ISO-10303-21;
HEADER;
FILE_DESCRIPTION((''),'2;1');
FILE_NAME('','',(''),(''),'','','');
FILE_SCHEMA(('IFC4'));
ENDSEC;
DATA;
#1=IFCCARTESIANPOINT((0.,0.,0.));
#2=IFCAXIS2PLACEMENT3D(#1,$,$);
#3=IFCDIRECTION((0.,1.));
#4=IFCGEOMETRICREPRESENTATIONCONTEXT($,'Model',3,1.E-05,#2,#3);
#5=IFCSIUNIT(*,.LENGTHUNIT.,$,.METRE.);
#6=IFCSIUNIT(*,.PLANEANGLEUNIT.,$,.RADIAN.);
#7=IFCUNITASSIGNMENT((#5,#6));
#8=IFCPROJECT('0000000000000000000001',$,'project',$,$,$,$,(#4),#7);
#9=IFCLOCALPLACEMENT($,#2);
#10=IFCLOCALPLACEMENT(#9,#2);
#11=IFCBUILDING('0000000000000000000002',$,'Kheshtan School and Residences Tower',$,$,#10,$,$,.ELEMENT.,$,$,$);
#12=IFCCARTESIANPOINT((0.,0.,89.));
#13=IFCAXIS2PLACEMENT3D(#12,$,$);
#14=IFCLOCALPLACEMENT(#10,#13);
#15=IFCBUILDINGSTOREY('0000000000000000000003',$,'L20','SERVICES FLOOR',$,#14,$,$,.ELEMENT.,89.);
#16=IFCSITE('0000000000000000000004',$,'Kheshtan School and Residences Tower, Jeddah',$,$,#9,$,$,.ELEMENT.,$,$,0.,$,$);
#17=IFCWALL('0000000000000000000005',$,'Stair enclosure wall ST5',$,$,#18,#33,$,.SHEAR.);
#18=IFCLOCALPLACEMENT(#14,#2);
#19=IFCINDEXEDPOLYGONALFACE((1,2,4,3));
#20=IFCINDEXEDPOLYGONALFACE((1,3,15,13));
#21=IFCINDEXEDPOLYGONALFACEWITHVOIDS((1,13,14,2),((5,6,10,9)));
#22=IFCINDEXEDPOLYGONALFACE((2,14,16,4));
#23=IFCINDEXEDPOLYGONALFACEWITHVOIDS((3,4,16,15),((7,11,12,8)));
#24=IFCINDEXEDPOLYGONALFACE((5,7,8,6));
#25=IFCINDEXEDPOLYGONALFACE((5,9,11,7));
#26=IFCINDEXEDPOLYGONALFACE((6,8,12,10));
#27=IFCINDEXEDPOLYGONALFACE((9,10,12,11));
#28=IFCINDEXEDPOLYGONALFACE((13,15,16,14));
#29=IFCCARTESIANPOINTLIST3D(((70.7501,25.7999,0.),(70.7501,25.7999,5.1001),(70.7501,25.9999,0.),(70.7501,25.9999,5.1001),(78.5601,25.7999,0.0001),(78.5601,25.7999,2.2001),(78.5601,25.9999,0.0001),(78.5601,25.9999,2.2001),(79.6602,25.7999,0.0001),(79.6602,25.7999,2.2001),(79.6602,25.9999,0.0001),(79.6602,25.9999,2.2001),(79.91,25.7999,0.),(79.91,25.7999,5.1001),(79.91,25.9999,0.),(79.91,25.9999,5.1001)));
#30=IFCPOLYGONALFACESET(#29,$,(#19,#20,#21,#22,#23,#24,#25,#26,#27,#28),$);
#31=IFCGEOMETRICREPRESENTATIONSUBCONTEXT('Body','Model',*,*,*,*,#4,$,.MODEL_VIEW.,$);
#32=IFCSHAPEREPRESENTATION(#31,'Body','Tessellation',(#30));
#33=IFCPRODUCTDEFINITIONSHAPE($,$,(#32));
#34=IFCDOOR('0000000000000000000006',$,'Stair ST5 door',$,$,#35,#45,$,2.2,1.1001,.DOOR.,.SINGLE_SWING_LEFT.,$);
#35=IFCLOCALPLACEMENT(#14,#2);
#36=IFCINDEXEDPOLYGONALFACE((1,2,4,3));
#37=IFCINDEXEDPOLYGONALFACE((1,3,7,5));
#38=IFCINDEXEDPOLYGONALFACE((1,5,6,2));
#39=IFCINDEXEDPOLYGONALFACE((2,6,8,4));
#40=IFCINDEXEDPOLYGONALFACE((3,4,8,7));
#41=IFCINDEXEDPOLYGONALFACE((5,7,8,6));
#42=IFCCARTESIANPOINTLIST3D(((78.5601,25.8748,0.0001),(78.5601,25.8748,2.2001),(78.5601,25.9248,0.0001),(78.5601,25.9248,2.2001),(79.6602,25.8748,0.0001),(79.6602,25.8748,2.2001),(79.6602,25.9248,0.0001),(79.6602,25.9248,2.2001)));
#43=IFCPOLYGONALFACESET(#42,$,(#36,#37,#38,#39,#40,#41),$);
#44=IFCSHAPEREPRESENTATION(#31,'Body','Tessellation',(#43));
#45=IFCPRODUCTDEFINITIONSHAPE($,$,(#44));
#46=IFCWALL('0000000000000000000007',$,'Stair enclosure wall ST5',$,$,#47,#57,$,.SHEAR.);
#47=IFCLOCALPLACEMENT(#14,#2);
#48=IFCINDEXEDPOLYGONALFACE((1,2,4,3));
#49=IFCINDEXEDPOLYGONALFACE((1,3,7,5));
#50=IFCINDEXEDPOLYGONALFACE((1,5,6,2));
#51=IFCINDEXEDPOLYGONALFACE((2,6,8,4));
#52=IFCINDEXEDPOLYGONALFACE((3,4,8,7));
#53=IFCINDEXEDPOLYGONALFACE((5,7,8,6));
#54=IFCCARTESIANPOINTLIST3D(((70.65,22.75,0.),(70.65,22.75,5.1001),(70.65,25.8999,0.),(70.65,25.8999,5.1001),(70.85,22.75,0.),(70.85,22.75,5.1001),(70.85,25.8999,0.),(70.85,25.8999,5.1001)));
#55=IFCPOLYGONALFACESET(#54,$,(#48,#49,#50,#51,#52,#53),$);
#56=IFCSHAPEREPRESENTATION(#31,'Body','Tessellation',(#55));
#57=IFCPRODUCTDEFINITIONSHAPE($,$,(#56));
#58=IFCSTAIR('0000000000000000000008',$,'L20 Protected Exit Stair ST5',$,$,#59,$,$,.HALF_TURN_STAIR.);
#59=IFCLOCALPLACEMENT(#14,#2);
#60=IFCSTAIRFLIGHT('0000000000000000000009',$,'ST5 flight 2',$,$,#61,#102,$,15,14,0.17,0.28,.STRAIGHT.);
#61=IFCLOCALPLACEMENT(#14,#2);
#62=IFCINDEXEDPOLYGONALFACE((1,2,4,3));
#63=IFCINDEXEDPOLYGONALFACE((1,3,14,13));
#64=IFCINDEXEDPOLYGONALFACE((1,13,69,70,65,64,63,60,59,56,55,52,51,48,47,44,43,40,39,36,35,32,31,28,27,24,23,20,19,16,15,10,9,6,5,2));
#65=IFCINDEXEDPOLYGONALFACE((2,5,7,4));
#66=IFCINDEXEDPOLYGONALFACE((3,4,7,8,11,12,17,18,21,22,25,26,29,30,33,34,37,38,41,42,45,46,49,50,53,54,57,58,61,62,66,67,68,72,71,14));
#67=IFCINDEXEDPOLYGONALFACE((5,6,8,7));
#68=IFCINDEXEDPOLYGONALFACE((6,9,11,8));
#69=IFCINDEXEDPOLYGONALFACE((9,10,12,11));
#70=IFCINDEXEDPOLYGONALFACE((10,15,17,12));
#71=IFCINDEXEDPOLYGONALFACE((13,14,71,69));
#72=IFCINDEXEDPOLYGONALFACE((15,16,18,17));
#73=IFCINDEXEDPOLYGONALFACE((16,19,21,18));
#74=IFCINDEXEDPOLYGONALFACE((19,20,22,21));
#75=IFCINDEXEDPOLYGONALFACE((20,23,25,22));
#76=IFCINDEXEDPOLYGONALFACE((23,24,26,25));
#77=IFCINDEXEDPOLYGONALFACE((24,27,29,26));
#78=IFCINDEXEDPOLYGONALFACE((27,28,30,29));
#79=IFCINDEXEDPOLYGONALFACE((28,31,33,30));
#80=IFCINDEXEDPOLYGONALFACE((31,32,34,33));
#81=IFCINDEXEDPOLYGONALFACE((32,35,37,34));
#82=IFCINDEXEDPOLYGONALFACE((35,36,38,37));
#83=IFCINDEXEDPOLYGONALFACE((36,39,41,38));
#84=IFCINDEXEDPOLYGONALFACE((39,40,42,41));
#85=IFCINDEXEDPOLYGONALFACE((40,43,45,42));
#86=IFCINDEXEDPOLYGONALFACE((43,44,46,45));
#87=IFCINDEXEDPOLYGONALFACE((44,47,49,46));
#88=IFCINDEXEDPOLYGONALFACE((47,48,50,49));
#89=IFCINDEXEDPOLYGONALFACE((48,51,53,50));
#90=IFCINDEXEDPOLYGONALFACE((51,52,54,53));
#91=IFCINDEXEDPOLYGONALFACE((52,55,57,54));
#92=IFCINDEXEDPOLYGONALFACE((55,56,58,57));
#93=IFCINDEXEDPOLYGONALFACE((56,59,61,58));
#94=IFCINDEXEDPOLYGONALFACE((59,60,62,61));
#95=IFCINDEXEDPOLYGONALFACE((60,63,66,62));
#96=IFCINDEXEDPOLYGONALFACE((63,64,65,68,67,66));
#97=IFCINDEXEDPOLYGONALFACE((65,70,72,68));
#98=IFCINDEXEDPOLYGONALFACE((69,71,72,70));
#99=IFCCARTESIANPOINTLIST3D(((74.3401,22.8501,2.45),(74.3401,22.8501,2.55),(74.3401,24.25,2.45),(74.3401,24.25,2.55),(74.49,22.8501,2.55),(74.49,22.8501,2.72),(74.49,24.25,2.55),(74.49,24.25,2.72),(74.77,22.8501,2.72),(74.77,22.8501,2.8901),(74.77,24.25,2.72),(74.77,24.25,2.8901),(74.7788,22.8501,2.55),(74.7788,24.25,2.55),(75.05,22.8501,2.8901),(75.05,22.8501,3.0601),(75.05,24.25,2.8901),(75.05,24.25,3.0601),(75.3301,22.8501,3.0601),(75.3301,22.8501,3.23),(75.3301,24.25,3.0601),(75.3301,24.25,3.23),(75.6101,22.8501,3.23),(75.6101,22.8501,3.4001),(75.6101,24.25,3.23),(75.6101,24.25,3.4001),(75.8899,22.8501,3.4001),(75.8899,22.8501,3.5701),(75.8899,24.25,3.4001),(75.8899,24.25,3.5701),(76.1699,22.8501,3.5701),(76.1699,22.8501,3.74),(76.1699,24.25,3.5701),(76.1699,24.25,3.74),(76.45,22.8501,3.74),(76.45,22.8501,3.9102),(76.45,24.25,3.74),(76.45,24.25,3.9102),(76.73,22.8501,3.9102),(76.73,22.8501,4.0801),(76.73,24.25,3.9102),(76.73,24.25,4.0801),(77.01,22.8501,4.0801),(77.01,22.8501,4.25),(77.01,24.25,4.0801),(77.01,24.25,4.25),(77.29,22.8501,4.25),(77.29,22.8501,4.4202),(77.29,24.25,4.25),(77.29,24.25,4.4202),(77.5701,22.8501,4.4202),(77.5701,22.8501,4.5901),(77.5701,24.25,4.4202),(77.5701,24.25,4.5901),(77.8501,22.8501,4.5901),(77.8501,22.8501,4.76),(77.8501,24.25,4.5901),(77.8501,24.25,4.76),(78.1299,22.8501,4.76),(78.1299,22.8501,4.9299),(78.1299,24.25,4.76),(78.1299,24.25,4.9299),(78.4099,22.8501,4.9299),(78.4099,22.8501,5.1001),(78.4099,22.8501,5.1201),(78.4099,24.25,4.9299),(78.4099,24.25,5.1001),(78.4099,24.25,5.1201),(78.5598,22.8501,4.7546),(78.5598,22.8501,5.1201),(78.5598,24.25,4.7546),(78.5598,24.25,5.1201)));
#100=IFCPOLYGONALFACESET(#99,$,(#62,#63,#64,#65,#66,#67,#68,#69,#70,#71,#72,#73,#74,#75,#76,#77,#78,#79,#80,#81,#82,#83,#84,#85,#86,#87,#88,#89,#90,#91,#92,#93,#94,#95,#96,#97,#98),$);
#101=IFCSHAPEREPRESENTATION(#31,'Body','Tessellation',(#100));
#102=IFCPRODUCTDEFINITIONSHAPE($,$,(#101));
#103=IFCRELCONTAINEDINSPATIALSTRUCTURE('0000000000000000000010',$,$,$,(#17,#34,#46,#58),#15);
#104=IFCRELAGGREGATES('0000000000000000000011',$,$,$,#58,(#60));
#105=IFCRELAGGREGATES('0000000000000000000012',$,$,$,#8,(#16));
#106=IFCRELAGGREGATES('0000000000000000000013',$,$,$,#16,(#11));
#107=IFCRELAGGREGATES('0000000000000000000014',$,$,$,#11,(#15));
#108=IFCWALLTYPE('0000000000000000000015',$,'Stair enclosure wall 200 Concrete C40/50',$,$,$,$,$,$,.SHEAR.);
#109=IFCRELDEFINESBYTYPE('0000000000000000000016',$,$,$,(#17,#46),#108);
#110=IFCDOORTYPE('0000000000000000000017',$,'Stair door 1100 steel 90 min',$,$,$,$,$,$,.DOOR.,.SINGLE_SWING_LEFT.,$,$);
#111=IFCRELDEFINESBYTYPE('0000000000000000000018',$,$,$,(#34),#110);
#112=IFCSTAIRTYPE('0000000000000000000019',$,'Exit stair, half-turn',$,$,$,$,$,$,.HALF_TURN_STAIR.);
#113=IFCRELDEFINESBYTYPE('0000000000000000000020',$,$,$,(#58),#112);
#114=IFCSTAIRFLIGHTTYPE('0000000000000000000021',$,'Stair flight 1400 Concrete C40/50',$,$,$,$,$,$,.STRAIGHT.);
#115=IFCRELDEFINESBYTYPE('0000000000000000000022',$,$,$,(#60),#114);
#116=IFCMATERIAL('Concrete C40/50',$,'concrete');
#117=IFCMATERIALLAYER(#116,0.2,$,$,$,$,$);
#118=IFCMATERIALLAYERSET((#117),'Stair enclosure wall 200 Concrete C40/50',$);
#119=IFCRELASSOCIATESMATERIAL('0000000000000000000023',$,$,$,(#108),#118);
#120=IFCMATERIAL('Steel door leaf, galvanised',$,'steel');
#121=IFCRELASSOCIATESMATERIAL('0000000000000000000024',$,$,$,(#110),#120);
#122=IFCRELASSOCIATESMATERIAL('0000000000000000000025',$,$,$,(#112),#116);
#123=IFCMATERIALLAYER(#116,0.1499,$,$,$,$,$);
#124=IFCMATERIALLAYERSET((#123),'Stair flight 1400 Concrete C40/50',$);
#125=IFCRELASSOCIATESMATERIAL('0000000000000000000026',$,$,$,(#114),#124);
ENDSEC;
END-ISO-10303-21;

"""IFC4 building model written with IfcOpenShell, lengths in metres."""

from ifc_helpers import new_model, si_unit, direction, frame, frame_2d, origin, place, context, subcontext, project, spatial, polyline, rectangle, outline, extrude, source, transform, mapped, material, layer, layer_set, type_object, element, fill, aggregate, save


model = new_model("IFC4")

# Units and contexts
model_context = context("Model", 3, precision=1e-05, world=origin(), true_north=direction((0.0, 1.0)))
body_context = subcontext(model_context, "Body", "Model", "MODEL_VIEW")
ifc_project = project(units=[si_unit("LENGTHUNIT", "METRE"), si_unit("PLANEANGLEUNIT", "RADIAN")], contexts=[model_context])

# Site, building, storey
site_placement = place(None, origin())
site = spatial("IfcSite", under=ifc_project, at=site_placement, Name="Kheshtan School and Residences Tower, Jeddah", CompositionType="ELEMENT", RefElevation=0.0)
building_placement = place(site_placement, origin())
building = spatial("IfcBuilding", under=site, at=building_placement, Name="Kheshtan School and Residences Tower", CompositionType="ELEMENT")
storey_placement = place(building_placement, frame((0.0, 0.0, 89.0)))
storey = spatial("IfcBuildingStorey", under=building, at=storey_placement, Name="L20", Description="SERVICES FLOOR", CompositionType="ELEMENT", Elevation=89.0)

# Shared definitions
ifc_material_1 = material(Name="Steel door leaf, galvanised", Category="steel")

# Shared definitions
ifc_material_2 = material(Name="Concrete C40/50", Category="concrete")
ifc_layer_1 = layer(ifc_material_2, 0.2)
ifc_layer_set_1 = layer_set([ifc_layer_1], Name="Stair enclosure wall 200 Concrete C40/50")
wall_type_1 = type_object("IfcWallType", Name="Stair enclosure wall 200 Concrete C40/50", PredefinedType="SHEAR", material=ifc_layer_set_1)

# Wall, opening, door
wall_1_placement = place(storey_placement, frame((70.75, 25.8999, 0.0), z_axis=(0.0, 0.0, 1.0), x_axis=(1.0, 0.0, 0.0)))
wall_1 = element("IfcWall", 1, at=wall_1_placement, inside=storey, type_object=wall_type_1, Name="Stair enclosure wall ST5", PredefinedType="SHEAR", context=body_context, shape_type="SweptSolid", body=[
    extrude(rectangle(XDim=9.1599, YDim=0.2, at=frame_2d((4.5801, 0.0))), origin(), (0.0, 0.0, 1.0), 5.1001),
])
opening_1_placement = place(wall_1_placement, frame((7.8101, 0.0, 0.0)))
opening_1 = element("IfcOpeningElement", 2, at=opening_1_placement, cuts=wall_1, PredefinedType="OPENING", context=body_context, shape_type="SweptSolid", body=[
    extrude(rectangle(XDim=1.1001, YDim=2.2, at=frame_2d((0.55, 1.1001))), frame((0.0, 0.1099, 0.0), z_axis=(0.0, -1.0, 0.0), x_axis=(1.0, 0.0, 0.0)), (0.0, 0.0, 1.0), 0.22),
])
door_type_1 = type_object("IfcDoorType", Name="Stair door 1100 steel 90 min", OperationType="SINGLE_SWING_LEFT", PredefinedType="DOOR", material=ifc_material_1)
shared_shape_1 = source(origin(), body_context, "Body", "SweptSolid", [
    extrude(rectangle(XDim=1.1001, YDim=2.2, at=frame_2d((0.55, 1.1001))), frame((0.0, 0.0249, 0.0), z_axis=(0.0, -1.0, 0.0), x_axis=(1.0, 0.0, 0.0)), (0.0, 0.0, 1.0), 0.05),
])
door_1_placement = place(opening_1_placement, origin())
door_1 = element("IfcDoor", 3, at=door_1_placement, inside=storey, type_object=door_type_1, Name="Stair ST5 door", OperationType="SINGLE_SWING_LEFT", OverallHeight=2.2, OverallWidth=1.1001, PredefinedType="DOOR", context=body_context, shape_type="MappedRepresentation", body=[
    mapped(shared_shape_1, transform((0.0, 0.0, 0.0), x_axis=(1.0, 0.0, 0.0), y_axis=(0.0, 1.0, 0.0), z_axis=(0.0, 0.0, 1.0), scale=1.0)),
])
fill(opening_1, door_1)

# Wall
wall_2_placement = place(storey_placement, frame((70.75, 22.75, 0.0), z_axis=(0.0, 0.0, 1.0), x_axis=(0.0, 1.0, 0.0)))
element("IfcWall", 4, at=wall_2_placement, inside=storey, type_object=wall_type_1, Name="Stair enclosure wall ST5", PredefinedType="SHEAR", context=body_context, shape_type="SweptSolid", body=[
    extrude(rectangle(XDim=3.1499, YDim=0.2, at=frame_2d((1.575, 0.0))), origin(), (0.0, 0.0, 1.0), 5.1001),
])

# Stair, stair flight
stair_type = type_object("IfcStairType", Name="Exit stair, half-turn", PredefinedType="HALF_TURN_STAIR", material=ifc_material_2)
stair_placement = place(storey_placement, origin())
stair = element("IfcStair", 5, at=stair_placement, inside=storey, type_object=stair_type, Name="L20 Protected Exit Stair ST5", PredefinedType="HALF_TURN_STAIR")
ifc_layer_2 = layer(ifc_material_2, 0.1499)
ifc_layer_set_2 = layer_set([ifc_layer_2], Name="Stair flight 1400 Concrete C40/50")
stair_flight_type = type_object("IfcStairFlightType", Name="Stair flight 1400 Concrete C40/50", PredefinedType="STRAIGHT", material=ifc_layer_set_2)
stair_flight_placement = place(storey_placement, frame((74.49, 23.55, 2.55), z_axis=(0.0, 0.0, 1.0), x_axis=(1.0, 0.0, 0.0)))
stair_flight = element("IfcStairFlight", 6, at=stair_flight_placement, type_object=stair_flight_type, Name="ST5 flight 2", NumberOfRisers=15, NumberOfTreads=14, PredefinedType="STRAIGHT", RiserHeight=0.17, TreadLength=0.28, context=body_context, shape_type="SweptSolid", body=[
    extrude(outline(polyline([(-0.1499, -0.1001), (-0.1499, 0.0), (0.0, 0.0), (0.0, 0.1699), (0.28, 0.1699), (0.28, 0.3401), (0.5601, 0.3401), (0.5601, 0.51), (0.8401, 0.51), (0.8401, 0.6799), (1.1201, 0.6799), (1.1201, 0.8501), (1.3999, 0.8501), (1.3999, 1.02), (1.6799, 1.02), (1.6799, 1.1899), (1.96, 1.1899), (1.96, 1.3601), (2.24, 1.3601), (2.24, 1.53), (2.52, 1.53), (2.52, 1.7), (2.8, 1.7), (2.8, 1.8701), (3.0801, 1.8701), (3.0801, 2.04), (3.3601, 2.04), (3.3601, 2.21), (3.6399, 2.21), (3.6399, 2.3799), (3.9199, 2.3799), (3.9199, 2.55), (3.9199, 2.5701), (4.0698, 2.5701), (4.0698, 2.2046), (0.2888, 0.0), (-0.1499, -0.1001)])), frame((0.0, 0.7, 0.0), z_axis=(0.0, -1.0, 0.0), x_axis=(1.0, 0.0, 0.0)), (0.0, 0.0, 1.0), 1.3999),
])
aggregate(stair, [stair_flight])

save(model, "model.ifc")
